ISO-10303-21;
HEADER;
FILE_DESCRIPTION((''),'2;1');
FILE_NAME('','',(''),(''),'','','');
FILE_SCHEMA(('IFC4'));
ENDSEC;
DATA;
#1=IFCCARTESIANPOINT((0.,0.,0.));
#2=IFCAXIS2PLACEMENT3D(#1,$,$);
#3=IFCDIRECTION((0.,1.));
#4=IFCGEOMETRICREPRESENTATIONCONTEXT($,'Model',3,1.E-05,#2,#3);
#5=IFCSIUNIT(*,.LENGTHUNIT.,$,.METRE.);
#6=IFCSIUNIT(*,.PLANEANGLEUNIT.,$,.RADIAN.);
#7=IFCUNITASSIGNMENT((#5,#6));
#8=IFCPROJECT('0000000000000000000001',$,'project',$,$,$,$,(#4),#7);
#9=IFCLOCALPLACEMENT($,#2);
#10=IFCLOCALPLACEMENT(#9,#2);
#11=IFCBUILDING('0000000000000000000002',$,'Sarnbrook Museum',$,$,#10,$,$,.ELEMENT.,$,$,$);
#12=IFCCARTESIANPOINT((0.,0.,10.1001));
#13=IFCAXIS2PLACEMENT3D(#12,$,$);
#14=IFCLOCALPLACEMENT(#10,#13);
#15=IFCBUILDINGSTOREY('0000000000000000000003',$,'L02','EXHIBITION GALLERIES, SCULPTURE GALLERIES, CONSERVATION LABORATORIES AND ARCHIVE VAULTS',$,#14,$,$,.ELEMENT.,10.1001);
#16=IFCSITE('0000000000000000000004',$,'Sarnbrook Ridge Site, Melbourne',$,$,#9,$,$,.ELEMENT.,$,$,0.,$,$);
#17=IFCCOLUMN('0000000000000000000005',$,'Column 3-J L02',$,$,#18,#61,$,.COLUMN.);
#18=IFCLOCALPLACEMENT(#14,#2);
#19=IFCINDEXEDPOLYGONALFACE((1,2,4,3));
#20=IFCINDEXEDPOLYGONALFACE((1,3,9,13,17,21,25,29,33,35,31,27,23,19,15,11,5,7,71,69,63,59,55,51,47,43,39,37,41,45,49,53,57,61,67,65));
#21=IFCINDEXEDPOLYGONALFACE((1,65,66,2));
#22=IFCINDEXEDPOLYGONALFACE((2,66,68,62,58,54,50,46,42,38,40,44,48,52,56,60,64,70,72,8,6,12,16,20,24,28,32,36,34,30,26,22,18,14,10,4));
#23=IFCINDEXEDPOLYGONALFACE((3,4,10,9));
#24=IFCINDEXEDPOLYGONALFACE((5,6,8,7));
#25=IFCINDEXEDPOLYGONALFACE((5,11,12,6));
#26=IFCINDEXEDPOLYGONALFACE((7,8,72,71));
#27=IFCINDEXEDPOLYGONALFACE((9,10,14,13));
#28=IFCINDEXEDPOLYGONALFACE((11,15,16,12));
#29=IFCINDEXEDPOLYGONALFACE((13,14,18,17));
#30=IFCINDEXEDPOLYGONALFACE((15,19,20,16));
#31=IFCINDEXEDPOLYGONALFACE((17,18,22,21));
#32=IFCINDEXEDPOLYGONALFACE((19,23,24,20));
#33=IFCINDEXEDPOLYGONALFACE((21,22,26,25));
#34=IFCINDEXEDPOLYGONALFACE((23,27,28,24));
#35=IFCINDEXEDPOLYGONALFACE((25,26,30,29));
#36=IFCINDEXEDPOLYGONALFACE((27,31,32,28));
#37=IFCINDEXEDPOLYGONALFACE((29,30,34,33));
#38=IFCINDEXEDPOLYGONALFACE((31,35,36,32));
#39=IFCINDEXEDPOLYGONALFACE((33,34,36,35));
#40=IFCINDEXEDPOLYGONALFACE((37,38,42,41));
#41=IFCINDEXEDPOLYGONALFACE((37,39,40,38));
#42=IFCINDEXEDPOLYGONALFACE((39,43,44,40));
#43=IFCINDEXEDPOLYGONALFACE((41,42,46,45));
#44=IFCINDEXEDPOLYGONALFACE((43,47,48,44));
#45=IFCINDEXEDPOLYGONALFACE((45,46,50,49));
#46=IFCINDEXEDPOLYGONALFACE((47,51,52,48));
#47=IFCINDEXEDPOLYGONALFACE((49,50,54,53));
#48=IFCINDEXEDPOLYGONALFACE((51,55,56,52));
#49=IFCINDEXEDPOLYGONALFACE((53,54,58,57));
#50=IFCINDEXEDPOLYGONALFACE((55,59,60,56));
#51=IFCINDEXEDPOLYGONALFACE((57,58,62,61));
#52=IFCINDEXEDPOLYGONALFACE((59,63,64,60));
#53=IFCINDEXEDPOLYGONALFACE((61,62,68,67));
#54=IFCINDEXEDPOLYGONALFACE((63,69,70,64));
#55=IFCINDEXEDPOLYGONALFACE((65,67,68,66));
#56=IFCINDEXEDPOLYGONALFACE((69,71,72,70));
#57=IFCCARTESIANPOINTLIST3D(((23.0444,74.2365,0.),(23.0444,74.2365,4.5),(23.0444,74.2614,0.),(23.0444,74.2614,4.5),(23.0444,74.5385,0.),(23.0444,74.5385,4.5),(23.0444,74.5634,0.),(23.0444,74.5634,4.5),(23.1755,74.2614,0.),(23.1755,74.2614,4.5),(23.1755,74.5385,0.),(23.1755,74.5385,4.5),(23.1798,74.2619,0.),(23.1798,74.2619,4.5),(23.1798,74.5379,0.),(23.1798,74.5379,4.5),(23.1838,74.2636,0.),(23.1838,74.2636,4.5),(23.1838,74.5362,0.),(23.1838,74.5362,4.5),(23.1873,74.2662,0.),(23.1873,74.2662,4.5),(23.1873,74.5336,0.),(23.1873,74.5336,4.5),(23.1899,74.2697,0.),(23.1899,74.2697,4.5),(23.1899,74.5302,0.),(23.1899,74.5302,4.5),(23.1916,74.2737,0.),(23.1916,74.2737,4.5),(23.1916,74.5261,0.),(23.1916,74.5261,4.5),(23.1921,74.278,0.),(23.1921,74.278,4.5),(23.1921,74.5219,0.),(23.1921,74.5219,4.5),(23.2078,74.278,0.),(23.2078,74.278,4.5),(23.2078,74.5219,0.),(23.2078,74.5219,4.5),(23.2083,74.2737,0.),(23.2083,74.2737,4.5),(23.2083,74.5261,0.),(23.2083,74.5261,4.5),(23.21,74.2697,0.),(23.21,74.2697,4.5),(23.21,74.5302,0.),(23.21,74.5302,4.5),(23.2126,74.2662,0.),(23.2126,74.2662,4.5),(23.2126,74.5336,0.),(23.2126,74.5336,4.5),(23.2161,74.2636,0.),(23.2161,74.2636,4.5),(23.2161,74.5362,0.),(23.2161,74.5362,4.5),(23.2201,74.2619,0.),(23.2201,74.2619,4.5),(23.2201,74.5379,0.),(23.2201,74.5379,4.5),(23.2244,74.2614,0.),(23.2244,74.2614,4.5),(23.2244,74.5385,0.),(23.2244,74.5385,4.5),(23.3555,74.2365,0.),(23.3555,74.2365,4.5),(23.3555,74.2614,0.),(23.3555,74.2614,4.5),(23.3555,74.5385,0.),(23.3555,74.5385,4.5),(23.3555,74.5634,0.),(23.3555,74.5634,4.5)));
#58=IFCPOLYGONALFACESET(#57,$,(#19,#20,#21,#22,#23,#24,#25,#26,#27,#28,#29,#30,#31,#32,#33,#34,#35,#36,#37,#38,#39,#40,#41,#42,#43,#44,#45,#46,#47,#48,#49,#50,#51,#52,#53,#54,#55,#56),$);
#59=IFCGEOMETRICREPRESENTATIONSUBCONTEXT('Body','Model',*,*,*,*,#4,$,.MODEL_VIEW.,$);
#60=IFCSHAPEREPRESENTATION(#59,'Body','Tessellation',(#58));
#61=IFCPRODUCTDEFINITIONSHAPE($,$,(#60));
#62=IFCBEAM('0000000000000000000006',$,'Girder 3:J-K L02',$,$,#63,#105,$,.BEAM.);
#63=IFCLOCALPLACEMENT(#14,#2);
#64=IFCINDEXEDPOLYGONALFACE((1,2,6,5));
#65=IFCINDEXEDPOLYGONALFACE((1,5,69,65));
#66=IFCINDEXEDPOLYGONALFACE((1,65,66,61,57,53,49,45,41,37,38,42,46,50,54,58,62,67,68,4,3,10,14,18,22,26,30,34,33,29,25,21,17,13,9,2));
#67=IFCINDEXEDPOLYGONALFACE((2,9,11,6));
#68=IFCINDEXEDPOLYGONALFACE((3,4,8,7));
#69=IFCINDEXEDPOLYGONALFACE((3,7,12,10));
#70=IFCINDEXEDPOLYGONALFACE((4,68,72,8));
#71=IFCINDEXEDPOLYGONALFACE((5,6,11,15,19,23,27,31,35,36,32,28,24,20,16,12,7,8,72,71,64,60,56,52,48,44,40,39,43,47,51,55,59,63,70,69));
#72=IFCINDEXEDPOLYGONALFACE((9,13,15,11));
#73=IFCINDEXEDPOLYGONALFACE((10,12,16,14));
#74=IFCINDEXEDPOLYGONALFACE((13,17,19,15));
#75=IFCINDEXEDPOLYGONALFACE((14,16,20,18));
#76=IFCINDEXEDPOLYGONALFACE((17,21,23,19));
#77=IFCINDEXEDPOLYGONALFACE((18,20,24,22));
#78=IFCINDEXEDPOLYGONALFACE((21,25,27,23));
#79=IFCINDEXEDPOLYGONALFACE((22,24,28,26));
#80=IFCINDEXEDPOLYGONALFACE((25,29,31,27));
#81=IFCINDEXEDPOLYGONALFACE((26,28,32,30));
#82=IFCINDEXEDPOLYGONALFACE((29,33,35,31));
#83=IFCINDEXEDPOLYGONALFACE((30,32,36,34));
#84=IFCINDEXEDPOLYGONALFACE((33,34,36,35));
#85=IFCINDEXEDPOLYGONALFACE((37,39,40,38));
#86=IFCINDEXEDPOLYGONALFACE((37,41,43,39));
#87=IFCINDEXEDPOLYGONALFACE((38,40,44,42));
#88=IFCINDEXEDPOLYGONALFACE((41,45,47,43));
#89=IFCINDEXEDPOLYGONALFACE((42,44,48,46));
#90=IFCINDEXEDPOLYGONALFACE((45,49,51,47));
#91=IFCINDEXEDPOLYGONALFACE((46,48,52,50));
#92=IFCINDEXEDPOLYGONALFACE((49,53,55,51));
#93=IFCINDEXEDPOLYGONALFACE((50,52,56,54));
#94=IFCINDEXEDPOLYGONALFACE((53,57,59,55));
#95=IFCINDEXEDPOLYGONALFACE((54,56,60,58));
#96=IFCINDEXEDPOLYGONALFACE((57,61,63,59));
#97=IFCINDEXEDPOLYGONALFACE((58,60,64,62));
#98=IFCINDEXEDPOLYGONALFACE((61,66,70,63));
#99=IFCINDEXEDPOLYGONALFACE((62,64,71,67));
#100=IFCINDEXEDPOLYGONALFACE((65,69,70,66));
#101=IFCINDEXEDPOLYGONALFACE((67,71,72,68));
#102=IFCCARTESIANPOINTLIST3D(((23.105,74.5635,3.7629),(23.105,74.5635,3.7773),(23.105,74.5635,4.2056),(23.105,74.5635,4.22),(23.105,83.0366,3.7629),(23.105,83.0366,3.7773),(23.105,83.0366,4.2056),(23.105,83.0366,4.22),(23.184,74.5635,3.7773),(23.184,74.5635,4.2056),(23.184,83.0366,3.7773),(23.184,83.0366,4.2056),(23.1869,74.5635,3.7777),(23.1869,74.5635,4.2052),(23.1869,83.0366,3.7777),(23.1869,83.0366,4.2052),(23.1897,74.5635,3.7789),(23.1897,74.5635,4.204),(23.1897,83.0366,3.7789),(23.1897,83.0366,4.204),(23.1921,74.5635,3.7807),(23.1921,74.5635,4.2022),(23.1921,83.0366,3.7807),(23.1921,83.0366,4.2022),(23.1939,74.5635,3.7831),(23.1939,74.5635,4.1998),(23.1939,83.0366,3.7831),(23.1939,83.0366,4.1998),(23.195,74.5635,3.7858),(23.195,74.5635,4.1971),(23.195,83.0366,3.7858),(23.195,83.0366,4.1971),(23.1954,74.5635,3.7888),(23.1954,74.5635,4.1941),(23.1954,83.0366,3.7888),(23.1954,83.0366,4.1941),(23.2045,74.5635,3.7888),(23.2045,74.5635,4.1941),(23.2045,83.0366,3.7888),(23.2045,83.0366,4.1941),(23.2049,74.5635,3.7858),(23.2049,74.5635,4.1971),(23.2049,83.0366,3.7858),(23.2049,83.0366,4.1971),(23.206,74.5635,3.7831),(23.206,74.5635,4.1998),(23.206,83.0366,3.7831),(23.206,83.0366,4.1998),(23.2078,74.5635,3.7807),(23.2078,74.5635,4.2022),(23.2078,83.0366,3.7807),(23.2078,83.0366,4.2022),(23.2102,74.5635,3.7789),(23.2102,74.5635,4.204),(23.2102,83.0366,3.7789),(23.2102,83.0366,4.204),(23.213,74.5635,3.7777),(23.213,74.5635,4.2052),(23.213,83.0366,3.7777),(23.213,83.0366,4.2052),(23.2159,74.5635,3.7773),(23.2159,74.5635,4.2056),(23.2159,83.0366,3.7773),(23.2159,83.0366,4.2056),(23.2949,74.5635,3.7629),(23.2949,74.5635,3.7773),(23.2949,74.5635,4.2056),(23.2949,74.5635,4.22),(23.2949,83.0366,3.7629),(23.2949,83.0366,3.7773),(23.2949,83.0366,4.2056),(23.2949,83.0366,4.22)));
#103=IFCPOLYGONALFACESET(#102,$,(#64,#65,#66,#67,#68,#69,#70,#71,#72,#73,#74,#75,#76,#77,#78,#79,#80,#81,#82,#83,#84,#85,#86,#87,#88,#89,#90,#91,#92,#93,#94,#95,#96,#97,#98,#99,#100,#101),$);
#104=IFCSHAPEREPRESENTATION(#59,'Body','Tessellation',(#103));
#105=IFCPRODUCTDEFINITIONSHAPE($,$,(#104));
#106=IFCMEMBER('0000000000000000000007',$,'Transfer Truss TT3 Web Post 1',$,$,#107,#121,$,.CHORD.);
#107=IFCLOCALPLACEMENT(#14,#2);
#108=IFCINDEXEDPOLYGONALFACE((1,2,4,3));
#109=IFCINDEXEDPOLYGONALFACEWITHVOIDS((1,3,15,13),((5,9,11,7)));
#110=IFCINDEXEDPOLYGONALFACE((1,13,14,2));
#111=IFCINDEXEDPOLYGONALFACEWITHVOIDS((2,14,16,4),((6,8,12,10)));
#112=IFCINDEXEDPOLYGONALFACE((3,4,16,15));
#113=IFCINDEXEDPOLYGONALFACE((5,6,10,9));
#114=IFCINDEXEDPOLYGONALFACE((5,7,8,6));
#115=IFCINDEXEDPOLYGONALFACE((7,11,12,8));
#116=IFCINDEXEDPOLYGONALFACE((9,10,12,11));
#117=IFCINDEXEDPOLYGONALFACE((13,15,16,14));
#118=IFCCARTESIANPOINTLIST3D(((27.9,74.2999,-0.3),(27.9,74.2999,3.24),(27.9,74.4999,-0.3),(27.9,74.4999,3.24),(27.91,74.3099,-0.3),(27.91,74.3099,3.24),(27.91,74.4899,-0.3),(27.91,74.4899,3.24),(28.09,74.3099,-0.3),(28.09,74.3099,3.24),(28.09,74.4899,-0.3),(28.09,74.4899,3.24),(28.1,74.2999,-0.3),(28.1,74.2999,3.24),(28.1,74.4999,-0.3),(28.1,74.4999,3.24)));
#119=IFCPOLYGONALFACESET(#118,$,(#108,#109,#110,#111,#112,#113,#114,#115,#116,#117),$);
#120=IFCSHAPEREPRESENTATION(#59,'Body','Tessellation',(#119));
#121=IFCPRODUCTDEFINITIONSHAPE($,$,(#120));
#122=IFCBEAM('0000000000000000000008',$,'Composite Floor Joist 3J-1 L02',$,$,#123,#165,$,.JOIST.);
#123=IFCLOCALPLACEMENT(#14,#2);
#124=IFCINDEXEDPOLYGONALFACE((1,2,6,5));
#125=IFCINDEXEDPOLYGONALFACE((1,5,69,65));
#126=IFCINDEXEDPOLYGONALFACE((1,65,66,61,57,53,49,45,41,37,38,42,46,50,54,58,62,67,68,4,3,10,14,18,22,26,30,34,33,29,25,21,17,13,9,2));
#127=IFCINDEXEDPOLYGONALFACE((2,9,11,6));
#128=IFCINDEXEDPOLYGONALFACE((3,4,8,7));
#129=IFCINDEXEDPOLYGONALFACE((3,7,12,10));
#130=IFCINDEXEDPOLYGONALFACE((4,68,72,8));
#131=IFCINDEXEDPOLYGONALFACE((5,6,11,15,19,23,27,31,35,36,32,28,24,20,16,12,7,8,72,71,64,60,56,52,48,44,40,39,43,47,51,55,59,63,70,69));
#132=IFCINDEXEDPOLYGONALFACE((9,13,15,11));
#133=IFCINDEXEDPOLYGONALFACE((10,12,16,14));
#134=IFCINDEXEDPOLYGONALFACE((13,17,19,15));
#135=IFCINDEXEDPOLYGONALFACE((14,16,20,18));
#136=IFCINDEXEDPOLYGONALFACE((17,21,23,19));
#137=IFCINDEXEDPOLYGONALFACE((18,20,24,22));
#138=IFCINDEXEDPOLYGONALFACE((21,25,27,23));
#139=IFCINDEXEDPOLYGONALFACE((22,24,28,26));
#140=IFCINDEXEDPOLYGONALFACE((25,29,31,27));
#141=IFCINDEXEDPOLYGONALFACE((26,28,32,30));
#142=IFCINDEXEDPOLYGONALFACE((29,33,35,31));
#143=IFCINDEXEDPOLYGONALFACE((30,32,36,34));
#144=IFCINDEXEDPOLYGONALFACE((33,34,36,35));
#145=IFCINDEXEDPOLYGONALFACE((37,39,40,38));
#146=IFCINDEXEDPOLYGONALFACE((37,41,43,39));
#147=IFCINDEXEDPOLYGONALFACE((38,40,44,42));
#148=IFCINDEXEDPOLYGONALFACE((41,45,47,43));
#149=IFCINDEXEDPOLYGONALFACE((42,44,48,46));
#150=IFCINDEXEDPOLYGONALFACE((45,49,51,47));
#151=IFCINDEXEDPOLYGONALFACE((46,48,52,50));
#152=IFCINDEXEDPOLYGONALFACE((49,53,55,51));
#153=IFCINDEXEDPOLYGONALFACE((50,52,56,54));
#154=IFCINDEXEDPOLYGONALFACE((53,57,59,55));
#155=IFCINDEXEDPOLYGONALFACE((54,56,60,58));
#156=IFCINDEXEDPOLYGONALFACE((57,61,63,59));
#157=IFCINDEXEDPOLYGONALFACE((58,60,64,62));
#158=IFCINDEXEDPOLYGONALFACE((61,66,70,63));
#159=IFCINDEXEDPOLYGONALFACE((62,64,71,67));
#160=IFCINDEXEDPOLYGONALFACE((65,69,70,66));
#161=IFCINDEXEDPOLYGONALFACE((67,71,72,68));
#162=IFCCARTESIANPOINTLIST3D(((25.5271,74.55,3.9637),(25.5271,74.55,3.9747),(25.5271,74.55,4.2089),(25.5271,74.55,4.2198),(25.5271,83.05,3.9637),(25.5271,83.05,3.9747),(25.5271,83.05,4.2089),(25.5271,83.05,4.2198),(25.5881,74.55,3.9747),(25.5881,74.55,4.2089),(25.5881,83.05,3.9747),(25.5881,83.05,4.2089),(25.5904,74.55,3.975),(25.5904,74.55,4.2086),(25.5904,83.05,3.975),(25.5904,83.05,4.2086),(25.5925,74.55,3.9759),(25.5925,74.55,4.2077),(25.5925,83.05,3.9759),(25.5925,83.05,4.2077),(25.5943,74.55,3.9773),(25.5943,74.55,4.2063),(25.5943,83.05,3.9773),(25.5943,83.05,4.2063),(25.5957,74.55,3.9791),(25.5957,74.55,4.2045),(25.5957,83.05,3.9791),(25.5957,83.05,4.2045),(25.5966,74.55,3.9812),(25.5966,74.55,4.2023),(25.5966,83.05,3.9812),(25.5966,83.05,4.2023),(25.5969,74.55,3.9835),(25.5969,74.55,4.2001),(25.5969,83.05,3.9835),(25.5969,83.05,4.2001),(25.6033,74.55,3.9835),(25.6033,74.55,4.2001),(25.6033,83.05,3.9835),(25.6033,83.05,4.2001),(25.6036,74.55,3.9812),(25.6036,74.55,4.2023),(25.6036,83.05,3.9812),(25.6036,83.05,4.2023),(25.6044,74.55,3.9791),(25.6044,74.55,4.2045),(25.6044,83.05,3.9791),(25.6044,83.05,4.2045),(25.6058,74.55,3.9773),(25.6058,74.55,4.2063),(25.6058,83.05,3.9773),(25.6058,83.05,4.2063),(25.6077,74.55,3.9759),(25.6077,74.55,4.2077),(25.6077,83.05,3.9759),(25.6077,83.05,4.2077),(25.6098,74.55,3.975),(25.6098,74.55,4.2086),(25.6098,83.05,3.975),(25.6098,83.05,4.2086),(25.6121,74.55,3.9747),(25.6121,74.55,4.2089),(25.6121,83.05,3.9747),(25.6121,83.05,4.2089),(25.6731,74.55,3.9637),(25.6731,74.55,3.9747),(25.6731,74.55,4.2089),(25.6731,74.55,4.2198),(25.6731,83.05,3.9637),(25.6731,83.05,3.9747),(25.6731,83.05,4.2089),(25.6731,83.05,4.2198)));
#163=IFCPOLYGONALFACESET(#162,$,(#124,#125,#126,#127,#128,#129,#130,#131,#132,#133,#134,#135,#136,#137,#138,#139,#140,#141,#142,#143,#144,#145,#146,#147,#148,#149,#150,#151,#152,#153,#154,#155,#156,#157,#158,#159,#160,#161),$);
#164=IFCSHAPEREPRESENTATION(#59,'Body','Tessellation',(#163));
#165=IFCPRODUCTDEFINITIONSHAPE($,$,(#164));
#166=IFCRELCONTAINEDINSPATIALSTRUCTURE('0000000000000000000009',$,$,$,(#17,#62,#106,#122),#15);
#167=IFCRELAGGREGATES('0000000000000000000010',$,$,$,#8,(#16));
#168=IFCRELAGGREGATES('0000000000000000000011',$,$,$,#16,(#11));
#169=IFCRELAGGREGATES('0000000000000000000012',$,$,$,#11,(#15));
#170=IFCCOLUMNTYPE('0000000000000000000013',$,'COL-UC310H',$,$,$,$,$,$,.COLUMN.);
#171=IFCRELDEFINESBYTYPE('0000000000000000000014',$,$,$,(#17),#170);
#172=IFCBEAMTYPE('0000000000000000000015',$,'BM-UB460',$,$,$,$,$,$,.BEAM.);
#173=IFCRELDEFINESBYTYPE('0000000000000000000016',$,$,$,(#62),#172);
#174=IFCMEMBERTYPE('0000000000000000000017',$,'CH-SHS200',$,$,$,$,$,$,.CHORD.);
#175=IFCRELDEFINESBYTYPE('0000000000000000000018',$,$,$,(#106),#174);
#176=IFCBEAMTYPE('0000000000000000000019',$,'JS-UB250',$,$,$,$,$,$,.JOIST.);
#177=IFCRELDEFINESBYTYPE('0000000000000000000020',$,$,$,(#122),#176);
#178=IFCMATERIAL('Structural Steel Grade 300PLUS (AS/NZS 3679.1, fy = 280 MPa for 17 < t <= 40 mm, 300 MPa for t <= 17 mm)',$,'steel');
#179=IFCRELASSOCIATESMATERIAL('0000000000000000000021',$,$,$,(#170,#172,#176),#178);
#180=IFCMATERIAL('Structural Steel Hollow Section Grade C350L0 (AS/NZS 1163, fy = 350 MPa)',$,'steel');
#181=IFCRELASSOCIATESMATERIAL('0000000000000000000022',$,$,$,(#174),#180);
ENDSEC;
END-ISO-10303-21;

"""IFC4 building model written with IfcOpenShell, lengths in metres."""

from ifc_helpers import new_model, si_unit, direction, frame, origin, origin_2d, place, context, subcontext, project, spatial, hollow_rectangle, i_section, extrude, material, material_profile, profile_set, type_object, element, save


model = new_model("IFC4")

# Units and contexts
model_context = context("Model", 3, precision=1e-05, world=origin(), true_north=direction((0.0, 1.0)))
body_context = subcontext(model_context, "Body", "Model", "MODEL_VIEW")
ifc_project = project(units=[si_unit("LENGTHUNIT", "METRE"), si_unit("PLANEANGLEUNIT", "RADIAN")], contexts=[model_context])

# Site, building, storey
site_placement = place(None, origin())
site = spatial("IfcSite", under=ifc_project, at=site_placement, Name="Sarnbrook Ridge Site, Melbourne", CompositionType="ELEMENT", RefElevation=0.0)
building_placement = place(site_placement, origin())
building = spatial("IfcBuilding", under=site, at=building_placement, Name="Sarnbrook Museum", CompositionType="ELEMENT")
storey_placement = place(building_placement, frame((0.0, 0.0, 10.1001)))
storey = spatial("IfcBuildingStorey", under=building, at=storey_placement, Name="L02", Description="EXHIBITION GALLERIES, SCULPTURE GALLERIES, CONSERVATION LABORATORIES AND ARCHIVE VAULTS", CompositionType="ELEMENT", Elevation=10.1001)

# Column
ifc_material_1 = material(Name="Structural Steel Grade 300PLUS (AS/NZS 3679.1, fy = 280 MPa for 17 < t <= 40 mm, 300 MPa for t <= 17 mm)", Category="steel")
ifc_material_profile_1 = material_profile(ifc_material_1, i_section(OverallWidth=0.311, OverallDepth=0.3269, WebThickness=0.0156, FlangeThickness=0.0249, FilletRadius=0.0166, at=origin_2d()), Name="310UC158")
ifc_profile_set_1 = profile_set([ifc_material_profile_1], Name="Structural Steel Grade 300PLUS (AS/NZS 3679.1, fy = 280 MPa for 17 < t <= 40 mm, 300 MPa for t <= 17 mm)")
column_type = type_object("IfcColumnType", Name="COL-UC310H", PredefinedType="COLUMN", material=ifc_profile_set_1)
column_placement = place(storey_placement, frame((23.2, 74.3999, 0.0), z_axis=(0.0, 0.0, 1.0), x_axis=(1.0, 0.0, 0.0)))
element("IfcColumn", 1, at=column_placement, inside=storey, type_object=column_type, Name="Column 3-J L02", PredefinedType="COLUMN", context=body_context, shape_type="SweptSolid", body=[
    extrude(i_section(OverallWidth=0.311, OverallDepth=0.3269, WebThickness=0.0156, FlangeThickness=0.0249, FilletRadius=0.0166, at=origin_2d()), origin(), (0.0, 0.0, 1.0), 4.5),
])

# Beam
ifc_material_profile_2 = material_profile(ifc_material_1, i_section(OverallWidth=0.1899, OverallDepth=0.457, WebThickness=0.009, FlangeThickness=0.0144, FilletRadius=0.0115, at=origin_2d()), Name="460UB74.6")
ifc_profile_set_2 = profile_set([ifc_material_profile_2], Name="Structural Steel Grade 300PLUS (AS/NZS 3679.1, fy = 280 MPa for 17 < t <= 40 mm, 300 MPa for t <= 17 mm)")
beam_type_1 = type_object("IfcBeamType", Name="BM-UB460", PredefinedType="BEAM", material=ifc_profile_set_2)
beam_1_placement = place(storey_placement, frame((23.2, 74.5635, 3.9915), z_axis=(0.0, 1.0, 0.0), x_axis=(-1.0, 0.0, 0.0)))
element("IfcBeam", 2, at=beam_1_placement, inside=storey, type_object=beam_type_1, Name="Girder 3:J-K L02", PredefinedType="BEAM", context=body_context, shape_type="SweptSolid", body=[
    extrude(i_section(OverallWidth=0.1899, OverallDepth=0.457, WebThickness=0.009, FlangeThickness=0.0144, FilletRadius=0.0115, at=origin_2d()), origin(), (0.0, 0.0, 1.0), 8.4731),
])

# Member
ifc_material_2 = material(Name="Structural Steel Hollow Section Grade C350L0 (AS/NZS 1163, fy = 350 MPa)", Category="steel")
ifc_material_profile_3 = material_profile(ifc_material_2, hollow_rectangle(XDim=0.2, YDim=0.2, WallThickness=0.01, at=origin_2d()), Name="200x200x10.0SHS")
ifc_profile_set_3 = profile_set([ifc_material_profile_3], Name="Structural Steel Hollow Section Grade C350L0 (AS/NZS 1163, fy = 350 MPa)")
member_type_1 = type_object("IfcMemberType", Name="CH-SHS200", PredefinedType="CHORD", material=ifc_profile_set_3)
member_1_placement = place(storey_placement, frame((28.0, 74.3999, -0.3), z_axis=(0.0, 0.0, 1.0), x_axis=(1.0, 0.0, 0.0)))
element("IfcMember", 3, at=member_1_placement, inside=storey, type_object=member_type_1, Name="Transfer Truss TT3 Web Post 1", PredefinedType="CHORD", context=body_context, shape_type="SweptSolid", body=[
    extrude(hollow_rectangle(XDim=0.2, YDim=0.2, WallThickness=0.01, at=origin_2d()), origin(), (0.0, 0.0, 1.0), 3.54),
])

# Beam
ifc_material_profile_4 = material_profile(ifc_material_1, i_section(OverallWidth=0.146, OverallDepth=0.2561, WebThickness=0.0063, FlangeThickness=0.011, FilletRadius=0.0088, at=origin_2d()), Name="250UB37.3")
ifc_profile_set_4 = profile_set([ifc_material_profile_4], Name="Structural Steel Grade 300PLUS (AS/NZS 3679.1, fy = 280 MPa for 17 < t <= 40 mm, 300 MPa for t <= 17 mm)")
beam_type_2 = type_object("IfcBeamType", Name="JS-UB250", PredefinedType="JOIST", material=ifc_profile_set_4)
for number, where, z_axis, x_axis, name in (
    (4, (25.6001, 74.55, 4.0918), (0.0, 1.0, 0.0), (-1.0, 0.0, 0.0), "Composite Floor Joist 3J-1 L02"),
):
    element("IfcBeam", number, at=place(storey_placement, frame(where, z_axis=z_axis, x_axis=x_axis)), inside=storey, type_object=beam_type_2, Name=name, PredefinedType="JOIST", context=body_context, shape_type="SweptSolid", body=[
        extrude(i_section(OverallWidth=0.146, OverallDepth=0.2561, WebThickness=0.0063, FlangeThickness=0.011, FilletRadius=0.0088, at=origin_2d()), origin(), (0.0, 0.0, 1.0), 8.5),
    ])

save(model, "model.ifc")
